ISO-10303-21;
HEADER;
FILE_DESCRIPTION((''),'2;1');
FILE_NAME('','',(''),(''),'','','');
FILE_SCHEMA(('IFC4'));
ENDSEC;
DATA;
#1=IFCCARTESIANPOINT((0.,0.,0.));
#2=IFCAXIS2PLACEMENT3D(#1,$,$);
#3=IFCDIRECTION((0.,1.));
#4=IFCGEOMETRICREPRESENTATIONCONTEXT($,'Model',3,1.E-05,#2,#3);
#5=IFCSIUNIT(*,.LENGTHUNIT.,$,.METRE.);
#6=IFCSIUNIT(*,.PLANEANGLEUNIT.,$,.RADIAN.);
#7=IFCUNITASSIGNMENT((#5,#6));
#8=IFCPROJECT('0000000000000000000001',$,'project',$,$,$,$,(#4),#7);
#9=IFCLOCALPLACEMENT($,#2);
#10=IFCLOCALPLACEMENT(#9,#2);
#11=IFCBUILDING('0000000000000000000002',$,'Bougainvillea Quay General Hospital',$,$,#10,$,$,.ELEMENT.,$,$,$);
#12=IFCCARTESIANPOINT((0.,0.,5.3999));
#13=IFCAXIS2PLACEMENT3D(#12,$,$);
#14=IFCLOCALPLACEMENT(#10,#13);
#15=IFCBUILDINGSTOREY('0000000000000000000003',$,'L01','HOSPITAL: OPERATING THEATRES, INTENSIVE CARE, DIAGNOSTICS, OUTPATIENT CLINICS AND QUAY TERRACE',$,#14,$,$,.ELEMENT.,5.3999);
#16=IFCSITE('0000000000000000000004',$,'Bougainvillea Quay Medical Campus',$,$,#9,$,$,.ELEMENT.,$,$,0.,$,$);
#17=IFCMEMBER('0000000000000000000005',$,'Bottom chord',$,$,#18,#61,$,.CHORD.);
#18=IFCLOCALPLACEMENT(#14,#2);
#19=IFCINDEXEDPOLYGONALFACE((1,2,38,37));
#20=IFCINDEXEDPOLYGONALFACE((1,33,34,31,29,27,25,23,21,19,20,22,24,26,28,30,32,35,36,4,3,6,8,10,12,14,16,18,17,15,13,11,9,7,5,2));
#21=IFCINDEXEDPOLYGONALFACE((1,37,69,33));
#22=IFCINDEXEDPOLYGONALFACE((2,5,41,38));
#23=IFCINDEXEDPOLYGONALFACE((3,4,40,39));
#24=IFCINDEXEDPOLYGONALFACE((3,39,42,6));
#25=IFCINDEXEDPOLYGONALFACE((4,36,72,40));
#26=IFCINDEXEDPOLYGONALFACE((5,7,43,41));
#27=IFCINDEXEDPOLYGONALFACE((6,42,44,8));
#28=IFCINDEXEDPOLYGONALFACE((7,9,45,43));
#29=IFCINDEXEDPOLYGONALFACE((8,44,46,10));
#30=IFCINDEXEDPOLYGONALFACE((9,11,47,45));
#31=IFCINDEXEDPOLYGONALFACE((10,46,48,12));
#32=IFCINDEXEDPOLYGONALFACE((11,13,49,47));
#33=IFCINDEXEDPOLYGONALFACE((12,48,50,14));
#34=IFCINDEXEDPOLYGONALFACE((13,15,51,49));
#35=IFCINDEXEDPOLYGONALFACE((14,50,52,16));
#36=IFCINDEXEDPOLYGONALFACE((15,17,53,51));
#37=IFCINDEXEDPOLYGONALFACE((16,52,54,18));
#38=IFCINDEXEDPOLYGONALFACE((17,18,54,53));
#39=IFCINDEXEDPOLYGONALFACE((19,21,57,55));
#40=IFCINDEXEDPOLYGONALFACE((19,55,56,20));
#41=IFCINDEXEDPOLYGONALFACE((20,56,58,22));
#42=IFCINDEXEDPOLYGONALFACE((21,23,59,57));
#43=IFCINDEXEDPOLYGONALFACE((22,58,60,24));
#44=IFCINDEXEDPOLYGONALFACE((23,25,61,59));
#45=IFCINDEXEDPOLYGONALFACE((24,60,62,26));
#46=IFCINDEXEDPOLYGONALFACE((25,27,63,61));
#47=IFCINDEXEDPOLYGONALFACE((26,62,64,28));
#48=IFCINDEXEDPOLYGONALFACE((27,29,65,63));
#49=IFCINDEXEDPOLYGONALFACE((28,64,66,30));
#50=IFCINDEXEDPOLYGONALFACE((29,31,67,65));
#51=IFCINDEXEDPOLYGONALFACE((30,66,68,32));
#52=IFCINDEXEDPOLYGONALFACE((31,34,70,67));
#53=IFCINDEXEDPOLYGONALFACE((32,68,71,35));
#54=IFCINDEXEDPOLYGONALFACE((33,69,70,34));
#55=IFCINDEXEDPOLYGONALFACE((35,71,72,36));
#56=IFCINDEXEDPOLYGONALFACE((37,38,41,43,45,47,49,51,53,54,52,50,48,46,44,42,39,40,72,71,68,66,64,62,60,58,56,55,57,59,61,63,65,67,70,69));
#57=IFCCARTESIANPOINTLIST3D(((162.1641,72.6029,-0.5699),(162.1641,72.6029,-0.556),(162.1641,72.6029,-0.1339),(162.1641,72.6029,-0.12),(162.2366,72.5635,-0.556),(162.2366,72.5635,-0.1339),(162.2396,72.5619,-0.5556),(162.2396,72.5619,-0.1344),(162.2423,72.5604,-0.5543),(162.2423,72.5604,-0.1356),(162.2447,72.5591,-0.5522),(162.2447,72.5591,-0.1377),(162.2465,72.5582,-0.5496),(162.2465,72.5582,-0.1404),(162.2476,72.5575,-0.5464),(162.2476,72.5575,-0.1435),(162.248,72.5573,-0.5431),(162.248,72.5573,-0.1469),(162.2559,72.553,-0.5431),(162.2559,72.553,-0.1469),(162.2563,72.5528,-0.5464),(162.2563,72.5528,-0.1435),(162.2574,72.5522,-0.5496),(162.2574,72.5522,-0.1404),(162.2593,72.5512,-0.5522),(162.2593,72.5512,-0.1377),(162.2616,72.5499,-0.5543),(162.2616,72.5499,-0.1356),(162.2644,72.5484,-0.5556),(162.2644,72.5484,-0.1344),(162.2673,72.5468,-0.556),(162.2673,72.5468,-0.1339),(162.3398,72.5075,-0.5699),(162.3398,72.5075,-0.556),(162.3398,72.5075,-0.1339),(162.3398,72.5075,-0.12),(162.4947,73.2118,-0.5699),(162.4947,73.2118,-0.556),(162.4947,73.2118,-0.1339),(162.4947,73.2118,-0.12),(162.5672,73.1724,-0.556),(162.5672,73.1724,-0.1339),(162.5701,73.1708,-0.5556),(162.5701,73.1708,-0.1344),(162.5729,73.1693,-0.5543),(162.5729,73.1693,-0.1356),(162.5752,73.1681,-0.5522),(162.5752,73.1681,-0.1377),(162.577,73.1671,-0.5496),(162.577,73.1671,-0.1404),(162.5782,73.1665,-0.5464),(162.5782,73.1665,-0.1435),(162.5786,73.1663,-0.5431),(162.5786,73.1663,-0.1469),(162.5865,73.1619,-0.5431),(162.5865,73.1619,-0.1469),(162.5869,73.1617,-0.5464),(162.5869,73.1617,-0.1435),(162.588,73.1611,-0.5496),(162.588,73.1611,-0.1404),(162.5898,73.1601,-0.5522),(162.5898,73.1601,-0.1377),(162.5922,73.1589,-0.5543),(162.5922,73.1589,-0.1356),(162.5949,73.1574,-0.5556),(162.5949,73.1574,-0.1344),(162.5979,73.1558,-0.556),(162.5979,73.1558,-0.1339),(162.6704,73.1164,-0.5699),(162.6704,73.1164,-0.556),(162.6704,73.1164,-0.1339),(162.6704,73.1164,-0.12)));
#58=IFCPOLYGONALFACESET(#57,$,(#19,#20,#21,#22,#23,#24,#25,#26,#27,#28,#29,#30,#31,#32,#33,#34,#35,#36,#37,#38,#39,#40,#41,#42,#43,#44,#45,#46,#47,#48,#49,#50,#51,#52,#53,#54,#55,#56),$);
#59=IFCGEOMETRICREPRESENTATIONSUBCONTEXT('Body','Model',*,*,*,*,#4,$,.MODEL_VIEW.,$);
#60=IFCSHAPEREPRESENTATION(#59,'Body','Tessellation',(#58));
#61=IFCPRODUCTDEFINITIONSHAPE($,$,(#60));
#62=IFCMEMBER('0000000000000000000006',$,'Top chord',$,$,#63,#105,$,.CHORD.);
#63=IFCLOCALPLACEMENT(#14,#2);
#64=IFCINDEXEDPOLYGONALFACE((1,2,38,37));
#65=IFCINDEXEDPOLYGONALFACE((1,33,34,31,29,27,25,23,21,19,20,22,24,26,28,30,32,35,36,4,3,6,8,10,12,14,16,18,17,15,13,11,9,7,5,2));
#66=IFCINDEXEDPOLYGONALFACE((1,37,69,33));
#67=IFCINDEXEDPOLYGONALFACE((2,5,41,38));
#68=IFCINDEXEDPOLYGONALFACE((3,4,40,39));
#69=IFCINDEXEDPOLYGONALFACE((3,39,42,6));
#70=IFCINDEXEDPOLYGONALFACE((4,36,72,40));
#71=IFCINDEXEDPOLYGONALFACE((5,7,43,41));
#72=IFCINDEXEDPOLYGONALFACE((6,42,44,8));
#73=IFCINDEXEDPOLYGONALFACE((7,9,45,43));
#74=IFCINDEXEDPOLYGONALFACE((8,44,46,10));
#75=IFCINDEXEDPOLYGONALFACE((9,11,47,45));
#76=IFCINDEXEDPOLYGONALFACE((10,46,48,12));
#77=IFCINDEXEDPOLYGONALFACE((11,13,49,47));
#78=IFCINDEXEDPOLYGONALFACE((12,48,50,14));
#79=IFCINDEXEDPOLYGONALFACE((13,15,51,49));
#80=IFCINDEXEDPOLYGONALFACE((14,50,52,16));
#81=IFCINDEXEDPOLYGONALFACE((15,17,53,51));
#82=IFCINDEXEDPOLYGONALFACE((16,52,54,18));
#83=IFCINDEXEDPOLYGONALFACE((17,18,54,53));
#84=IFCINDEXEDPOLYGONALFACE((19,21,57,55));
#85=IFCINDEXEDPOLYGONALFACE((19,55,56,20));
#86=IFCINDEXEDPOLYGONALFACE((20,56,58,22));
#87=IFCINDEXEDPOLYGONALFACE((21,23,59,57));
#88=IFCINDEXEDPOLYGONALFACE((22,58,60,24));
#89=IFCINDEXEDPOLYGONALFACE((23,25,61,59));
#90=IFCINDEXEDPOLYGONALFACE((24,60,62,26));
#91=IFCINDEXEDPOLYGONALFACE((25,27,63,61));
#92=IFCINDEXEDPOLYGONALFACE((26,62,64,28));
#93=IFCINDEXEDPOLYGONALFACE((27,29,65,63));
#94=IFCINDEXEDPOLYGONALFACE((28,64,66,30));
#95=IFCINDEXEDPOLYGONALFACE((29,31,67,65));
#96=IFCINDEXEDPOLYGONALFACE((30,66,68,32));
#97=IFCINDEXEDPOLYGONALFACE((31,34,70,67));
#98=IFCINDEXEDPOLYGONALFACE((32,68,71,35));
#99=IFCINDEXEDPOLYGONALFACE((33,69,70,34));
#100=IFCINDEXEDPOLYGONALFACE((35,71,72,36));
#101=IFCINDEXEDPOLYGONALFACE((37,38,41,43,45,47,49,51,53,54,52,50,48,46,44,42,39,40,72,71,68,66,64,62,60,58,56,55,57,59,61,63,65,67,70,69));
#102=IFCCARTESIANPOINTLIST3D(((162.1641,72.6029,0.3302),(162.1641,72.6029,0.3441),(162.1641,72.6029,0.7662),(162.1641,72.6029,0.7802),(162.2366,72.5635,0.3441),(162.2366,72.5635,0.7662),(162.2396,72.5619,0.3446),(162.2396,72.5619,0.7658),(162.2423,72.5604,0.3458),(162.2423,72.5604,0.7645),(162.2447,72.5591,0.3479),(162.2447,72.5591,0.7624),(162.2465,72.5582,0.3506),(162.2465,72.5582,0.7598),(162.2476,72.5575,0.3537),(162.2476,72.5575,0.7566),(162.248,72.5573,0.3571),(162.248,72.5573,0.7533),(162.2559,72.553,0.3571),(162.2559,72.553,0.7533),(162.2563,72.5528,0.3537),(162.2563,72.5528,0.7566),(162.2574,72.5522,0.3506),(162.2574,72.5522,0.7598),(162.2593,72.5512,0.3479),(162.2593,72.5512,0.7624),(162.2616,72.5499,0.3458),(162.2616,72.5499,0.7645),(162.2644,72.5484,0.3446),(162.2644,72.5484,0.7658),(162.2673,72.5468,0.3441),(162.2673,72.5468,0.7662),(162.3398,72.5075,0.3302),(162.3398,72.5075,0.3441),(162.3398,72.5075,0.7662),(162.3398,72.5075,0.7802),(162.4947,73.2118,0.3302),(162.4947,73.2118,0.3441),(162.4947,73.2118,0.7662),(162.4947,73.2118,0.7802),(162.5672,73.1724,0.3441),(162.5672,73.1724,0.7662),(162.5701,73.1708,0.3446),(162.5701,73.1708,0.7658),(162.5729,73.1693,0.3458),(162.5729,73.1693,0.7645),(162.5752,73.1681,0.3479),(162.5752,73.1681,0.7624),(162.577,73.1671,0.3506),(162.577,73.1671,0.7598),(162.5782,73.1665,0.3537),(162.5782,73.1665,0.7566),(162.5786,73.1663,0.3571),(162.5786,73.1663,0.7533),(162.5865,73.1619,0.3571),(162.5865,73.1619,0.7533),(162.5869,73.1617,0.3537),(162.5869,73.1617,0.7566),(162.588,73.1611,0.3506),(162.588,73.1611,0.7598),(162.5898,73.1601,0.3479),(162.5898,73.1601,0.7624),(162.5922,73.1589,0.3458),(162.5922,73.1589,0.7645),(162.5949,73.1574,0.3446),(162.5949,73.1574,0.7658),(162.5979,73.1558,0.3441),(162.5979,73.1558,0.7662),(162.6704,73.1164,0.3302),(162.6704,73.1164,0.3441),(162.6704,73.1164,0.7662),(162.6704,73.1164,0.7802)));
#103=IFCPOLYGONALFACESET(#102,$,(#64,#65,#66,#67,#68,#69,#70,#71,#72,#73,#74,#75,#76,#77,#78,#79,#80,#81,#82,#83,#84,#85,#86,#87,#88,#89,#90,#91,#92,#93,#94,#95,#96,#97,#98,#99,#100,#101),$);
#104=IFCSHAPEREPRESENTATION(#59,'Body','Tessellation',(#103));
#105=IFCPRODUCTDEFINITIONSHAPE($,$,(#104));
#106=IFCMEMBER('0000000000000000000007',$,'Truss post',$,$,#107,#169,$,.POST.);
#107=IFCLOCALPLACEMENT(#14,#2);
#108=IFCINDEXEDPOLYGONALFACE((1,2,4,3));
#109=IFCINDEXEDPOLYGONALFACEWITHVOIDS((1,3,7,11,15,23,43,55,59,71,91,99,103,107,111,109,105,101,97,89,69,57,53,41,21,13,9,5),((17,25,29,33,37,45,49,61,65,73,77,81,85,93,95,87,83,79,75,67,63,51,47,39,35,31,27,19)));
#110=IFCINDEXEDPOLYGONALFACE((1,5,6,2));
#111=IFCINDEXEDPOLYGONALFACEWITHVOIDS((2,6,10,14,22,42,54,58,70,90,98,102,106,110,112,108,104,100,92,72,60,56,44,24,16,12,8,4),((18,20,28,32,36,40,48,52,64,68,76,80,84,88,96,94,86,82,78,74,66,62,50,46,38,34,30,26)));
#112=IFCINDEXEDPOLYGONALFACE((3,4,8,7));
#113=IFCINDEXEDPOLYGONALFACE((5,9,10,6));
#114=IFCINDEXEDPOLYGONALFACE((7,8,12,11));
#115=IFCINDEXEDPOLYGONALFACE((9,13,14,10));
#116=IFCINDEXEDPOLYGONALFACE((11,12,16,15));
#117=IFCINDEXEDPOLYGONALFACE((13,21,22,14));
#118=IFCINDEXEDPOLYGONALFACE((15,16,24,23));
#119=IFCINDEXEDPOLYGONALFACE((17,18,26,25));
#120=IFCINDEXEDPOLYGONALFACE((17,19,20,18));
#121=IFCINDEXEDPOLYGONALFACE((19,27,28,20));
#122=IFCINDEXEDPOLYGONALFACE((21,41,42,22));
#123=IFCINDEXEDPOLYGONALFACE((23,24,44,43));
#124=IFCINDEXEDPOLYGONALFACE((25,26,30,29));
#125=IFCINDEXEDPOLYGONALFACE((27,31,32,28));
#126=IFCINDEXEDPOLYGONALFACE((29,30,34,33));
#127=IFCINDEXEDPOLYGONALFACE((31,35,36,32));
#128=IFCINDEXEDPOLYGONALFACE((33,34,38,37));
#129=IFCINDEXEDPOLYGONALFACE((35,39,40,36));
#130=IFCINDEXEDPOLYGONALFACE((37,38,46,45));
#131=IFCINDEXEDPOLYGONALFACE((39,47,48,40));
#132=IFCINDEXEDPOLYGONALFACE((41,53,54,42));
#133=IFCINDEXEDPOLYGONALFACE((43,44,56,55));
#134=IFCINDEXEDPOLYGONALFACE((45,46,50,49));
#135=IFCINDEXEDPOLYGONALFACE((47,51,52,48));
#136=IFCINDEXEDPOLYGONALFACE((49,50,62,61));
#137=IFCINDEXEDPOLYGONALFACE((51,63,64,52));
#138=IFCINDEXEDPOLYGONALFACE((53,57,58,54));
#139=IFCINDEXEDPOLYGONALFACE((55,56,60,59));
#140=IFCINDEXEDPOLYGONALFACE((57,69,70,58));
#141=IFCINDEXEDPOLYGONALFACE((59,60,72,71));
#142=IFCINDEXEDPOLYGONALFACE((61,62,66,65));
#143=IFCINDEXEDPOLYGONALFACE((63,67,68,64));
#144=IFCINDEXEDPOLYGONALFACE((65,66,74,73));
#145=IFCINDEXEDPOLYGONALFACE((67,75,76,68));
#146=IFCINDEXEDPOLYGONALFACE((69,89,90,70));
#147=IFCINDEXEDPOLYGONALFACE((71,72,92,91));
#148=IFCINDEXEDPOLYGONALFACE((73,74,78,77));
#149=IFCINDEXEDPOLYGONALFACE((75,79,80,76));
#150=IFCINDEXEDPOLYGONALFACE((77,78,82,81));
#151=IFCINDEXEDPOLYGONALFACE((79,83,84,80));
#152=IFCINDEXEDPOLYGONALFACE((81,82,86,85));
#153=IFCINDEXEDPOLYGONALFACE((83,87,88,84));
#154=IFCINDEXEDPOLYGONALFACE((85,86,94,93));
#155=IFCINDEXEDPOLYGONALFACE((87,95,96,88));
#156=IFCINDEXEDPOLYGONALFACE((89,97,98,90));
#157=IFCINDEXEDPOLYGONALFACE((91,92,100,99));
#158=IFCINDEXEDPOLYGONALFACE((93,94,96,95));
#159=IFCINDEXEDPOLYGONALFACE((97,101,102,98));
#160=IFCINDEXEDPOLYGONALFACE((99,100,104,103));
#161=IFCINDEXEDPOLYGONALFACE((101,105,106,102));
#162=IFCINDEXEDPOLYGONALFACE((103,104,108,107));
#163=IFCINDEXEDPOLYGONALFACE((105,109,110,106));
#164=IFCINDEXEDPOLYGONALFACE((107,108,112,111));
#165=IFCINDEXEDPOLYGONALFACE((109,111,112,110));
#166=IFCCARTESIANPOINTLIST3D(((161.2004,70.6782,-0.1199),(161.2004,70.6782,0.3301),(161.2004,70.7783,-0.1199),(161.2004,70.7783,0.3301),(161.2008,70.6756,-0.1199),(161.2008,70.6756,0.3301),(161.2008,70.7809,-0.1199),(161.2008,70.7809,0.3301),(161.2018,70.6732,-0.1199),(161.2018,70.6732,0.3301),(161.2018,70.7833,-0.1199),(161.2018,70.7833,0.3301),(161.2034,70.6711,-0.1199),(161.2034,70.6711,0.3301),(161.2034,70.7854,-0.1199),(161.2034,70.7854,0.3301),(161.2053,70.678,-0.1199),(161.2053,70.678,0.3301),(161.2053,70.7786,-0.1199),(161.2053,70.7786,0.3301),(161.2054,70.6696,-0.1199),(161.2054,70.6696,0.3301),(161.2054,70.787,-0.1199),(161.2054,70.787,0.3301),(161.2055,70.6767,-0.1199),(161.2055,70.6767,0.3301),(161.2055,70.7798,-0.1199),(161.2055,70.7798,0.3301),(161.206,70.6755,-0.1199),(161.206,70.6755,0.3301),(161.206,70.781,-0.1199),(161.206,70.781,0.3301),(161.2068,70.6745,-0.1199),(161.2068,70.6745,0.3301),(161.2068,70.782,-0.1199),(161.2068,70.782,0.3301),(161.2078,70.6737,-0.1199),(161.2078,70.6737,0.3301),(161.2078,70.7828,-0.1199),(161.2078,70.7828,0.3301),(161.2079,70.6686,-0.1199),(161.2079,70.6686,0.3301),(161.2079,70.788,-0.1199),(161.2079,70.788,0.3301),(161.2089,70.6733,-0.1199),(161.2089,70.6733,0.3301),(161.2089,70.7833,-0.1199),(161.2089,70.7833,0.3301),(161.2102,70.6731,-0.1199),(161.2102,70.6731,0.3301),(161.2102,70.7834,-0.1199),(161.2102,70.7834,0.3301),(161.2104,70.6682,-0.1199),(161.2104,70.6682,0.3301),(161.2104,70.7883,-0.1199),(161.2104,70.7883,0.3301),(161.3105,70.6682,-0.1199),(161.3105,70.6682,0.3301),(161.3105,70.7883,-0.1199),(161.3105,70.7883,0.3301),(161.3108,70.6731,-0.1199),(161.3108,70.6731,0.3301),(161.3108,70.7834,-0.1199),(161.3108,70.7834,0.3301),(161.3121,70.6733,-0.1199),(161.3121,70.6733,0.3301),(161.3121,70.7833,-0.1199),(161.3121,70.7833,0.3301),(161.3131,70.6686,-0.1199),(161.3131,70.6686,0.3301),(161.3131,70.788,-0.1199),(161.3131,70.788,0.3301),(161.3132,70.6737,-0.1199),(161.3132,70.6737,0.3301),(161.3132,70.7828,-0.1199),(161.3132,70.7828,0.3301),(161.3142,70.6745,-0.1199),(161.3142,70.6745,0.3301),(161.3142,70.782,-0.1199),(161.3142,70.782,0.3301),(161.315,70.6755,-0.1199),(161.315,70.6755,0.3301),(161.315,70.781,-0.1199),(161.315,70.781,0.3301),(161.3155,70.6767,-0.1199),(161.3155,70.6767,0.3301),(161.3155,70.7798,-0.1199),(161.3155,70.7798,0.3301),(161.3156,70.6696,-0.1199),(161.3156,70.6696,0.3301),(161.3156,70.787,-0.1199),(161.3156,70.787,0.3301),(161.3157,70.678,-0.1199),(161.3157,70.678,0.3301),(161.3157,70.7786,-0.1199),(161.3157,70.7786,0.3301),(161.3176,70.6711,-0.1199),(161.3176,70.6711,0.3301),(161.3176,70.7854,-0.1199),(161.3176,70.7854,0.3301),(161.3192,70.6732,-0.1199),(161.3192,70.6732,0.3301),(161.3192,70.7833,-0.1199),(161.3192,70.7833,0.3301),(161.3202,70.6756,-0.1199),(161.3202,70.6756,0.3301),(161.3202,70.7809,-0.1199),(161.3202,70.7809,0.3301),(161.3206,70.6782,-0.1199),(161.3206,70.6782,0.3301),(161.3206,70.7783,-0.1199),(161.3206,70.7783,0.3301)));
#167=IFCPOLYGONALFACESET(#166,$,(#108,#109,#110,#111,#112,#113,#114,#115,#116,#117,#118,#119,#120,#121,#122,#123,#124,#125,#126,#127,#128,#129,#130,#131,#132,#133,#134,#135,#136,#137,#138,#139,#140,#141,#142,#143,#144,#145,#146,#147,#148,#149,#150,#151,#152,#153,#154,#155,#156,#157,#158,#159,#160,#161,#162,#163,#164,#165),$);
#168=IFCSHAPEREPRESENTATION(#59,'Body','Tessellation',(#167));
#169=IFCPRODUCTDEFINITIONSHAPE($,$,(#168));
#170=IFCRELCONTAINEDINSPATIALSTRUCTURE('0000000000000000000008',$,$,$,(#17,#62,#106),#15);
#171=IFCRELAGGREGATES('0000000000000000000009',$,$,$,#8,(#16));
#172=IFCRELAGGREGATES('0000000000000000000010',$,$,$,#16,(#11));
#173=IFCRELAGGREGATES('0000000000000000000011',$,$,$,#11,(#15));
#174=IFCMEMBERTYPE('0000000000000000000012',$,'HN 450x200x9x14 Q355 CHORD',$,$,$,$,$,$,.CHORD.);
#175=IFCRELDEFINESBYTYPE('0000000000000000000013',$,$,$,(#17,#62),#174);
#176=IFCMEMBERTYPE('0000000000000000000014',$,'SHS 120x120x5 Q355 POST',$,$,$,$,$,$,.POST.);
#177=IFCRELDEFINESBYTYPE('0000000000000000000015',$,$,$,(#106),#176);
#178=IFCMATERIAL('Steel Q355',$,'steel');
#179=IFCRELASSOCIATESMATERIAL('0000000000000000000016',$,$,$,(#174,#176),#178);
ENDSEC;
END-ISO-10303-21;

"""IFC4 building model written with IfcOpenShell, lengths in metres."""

from ifc_helpers import new_model, si_unit, direction, frame, origin, origin_2d, place, context, subcontext, project, spatial, hollow_rectangle, i_section, extrude, material, material_profile, profile_set, type_object, element, save


model = new_model("IFC4")

# Units and contexts
model_context = context("Model", 3, precision=1e-05, world=origin(), true_north=direction((0.0, 1.0)))
body_context = subcontext(model_context, "Body", "Model", "MODEL_VIEW")
ifc_project = project(units=[si_unit("LENGTHUNIT", "METRE"), si_unit("PLANEANGLEUNIT", "RADIAN")], contexts=[model_context])

# Site, building, storey
site_placement = place(None, origin())
site = spatial("IfcSite", under=ifc_project, at=site_placement, Name="Bougainvillea Quay Medical Campus", CompositionType="ELEMENT", RefElevation=0.0)
building_placement = place(site_placement, origin())
building = spatial("IfcBuilding", under=site, at=building_placement, Name="Bougainvillea Quay General Hospital", CompositionType="ELEMENT")
storey_placement = place(building_placement, frame((0.0, 0.0, 5.3999)))
storey = spatial("IfcBuildingStorey", under=building, at=storey_placement, Name="L01", Description="HOSPITAL: OPERATING THEATRES, INTENSIVE CARE, DIAGNOSTICS, OUTPATIENT CLINICS AND QUAY TERRACE", CompositionType="ELEMENT", Elevation=5.3999)

# Members
ifc_material_1 = material(Name="Steel Q355", Category="steel")
ifc_material_profile_1 = material_profile(ifc_material_1, i_section(OverallWidth=0.2, OverallDepth=0.45, WebThickness=0.009, FlangeThickness=0.0139, FilletRadius=0.0129, at=origin_2d()))
ifc_profile_set_1 = profile_set([ifc_material_profile_1], Name="Steel Q355")
member_type_1 = type_object("IfcMemberType", Name="HN 450x200x9x14 Q355 CHORD", PredefinedType="CHORD", material=ifc_profile_set_1)
for number, where, z_axis, x_axis, name in (
    (1, (162.252, 72.5552, -0.345), (0.477123, 0.878837, 0.0), (-0.878837, 0.477123, 0.0), "Bottom chord"),
    (2, (162.252, 72.5552, 0.5552), (0.477123, 0.878837, 0.0), (-0.878837, 0.477123, 0.0), "Top chord"),
):
    element("IfcMember", number, at=place(storey_placement, frame(where, z_axis=z_axis, x_axis=x_axis)), inside=storey, type_object=member_type_1, Name=name, PredefinedType="CHORD", context=body_context, shape_type="SweptSolid", body=[
        extrude(i_section(OverallWidth=0.2, OverallDepth=0.45, WebThickness=0.009, FlangeThickness=0.0139, FilletRadius=0.0129, at=origin_2d()), origin(), (0.0, 0.0, 1.0), 0.6929),
    ])
ifc_material_profile_2 = material_profile(ifc_material_1, hollow_rectangle(XDim=0.1201, YDim=0.1201, WallThickness=0.0049, InnerFilletRadius=0.0049, OuterFilletRadius=0.01, at=origin_2d()))
ifc_profile_set_2 = profile_set([ifc_material_profile_2], Name="Steel Q355")
member_type_2 = type_object("IfcMemberType", Name="SHS 120x120x5 Q355 POST", PredefinedType="POST", material=ifc_profile_set_2)
for number, where, z_axis, x_axis, name in (
    (3, (161.2605, 70.7283, -0.1199), (0.0, 0.0, 1.0), (1.0, 0.0, 0.0), "Truss post"),
):
    element("IfcMember", number, at=place(storey_placement, frame(where, z_axis=z_axis, x_axis=x_axis)), inside=storey, type_object=member_type_2, Name=name, PredefinedType="POST", context=body_context, shape_type="SweptSolid", body=[
        extrude(hollow_rectangle(XDim=0.1201, YDim=0.1201, WallThickness=0.0049, InnerFilletRadius=0.0049, OuterFilletRadius=0.01, at=origin_2d()), origin(), (0.0, 0.0, 1.0), 0.45),
    ])

save(model, "model.ifc")
